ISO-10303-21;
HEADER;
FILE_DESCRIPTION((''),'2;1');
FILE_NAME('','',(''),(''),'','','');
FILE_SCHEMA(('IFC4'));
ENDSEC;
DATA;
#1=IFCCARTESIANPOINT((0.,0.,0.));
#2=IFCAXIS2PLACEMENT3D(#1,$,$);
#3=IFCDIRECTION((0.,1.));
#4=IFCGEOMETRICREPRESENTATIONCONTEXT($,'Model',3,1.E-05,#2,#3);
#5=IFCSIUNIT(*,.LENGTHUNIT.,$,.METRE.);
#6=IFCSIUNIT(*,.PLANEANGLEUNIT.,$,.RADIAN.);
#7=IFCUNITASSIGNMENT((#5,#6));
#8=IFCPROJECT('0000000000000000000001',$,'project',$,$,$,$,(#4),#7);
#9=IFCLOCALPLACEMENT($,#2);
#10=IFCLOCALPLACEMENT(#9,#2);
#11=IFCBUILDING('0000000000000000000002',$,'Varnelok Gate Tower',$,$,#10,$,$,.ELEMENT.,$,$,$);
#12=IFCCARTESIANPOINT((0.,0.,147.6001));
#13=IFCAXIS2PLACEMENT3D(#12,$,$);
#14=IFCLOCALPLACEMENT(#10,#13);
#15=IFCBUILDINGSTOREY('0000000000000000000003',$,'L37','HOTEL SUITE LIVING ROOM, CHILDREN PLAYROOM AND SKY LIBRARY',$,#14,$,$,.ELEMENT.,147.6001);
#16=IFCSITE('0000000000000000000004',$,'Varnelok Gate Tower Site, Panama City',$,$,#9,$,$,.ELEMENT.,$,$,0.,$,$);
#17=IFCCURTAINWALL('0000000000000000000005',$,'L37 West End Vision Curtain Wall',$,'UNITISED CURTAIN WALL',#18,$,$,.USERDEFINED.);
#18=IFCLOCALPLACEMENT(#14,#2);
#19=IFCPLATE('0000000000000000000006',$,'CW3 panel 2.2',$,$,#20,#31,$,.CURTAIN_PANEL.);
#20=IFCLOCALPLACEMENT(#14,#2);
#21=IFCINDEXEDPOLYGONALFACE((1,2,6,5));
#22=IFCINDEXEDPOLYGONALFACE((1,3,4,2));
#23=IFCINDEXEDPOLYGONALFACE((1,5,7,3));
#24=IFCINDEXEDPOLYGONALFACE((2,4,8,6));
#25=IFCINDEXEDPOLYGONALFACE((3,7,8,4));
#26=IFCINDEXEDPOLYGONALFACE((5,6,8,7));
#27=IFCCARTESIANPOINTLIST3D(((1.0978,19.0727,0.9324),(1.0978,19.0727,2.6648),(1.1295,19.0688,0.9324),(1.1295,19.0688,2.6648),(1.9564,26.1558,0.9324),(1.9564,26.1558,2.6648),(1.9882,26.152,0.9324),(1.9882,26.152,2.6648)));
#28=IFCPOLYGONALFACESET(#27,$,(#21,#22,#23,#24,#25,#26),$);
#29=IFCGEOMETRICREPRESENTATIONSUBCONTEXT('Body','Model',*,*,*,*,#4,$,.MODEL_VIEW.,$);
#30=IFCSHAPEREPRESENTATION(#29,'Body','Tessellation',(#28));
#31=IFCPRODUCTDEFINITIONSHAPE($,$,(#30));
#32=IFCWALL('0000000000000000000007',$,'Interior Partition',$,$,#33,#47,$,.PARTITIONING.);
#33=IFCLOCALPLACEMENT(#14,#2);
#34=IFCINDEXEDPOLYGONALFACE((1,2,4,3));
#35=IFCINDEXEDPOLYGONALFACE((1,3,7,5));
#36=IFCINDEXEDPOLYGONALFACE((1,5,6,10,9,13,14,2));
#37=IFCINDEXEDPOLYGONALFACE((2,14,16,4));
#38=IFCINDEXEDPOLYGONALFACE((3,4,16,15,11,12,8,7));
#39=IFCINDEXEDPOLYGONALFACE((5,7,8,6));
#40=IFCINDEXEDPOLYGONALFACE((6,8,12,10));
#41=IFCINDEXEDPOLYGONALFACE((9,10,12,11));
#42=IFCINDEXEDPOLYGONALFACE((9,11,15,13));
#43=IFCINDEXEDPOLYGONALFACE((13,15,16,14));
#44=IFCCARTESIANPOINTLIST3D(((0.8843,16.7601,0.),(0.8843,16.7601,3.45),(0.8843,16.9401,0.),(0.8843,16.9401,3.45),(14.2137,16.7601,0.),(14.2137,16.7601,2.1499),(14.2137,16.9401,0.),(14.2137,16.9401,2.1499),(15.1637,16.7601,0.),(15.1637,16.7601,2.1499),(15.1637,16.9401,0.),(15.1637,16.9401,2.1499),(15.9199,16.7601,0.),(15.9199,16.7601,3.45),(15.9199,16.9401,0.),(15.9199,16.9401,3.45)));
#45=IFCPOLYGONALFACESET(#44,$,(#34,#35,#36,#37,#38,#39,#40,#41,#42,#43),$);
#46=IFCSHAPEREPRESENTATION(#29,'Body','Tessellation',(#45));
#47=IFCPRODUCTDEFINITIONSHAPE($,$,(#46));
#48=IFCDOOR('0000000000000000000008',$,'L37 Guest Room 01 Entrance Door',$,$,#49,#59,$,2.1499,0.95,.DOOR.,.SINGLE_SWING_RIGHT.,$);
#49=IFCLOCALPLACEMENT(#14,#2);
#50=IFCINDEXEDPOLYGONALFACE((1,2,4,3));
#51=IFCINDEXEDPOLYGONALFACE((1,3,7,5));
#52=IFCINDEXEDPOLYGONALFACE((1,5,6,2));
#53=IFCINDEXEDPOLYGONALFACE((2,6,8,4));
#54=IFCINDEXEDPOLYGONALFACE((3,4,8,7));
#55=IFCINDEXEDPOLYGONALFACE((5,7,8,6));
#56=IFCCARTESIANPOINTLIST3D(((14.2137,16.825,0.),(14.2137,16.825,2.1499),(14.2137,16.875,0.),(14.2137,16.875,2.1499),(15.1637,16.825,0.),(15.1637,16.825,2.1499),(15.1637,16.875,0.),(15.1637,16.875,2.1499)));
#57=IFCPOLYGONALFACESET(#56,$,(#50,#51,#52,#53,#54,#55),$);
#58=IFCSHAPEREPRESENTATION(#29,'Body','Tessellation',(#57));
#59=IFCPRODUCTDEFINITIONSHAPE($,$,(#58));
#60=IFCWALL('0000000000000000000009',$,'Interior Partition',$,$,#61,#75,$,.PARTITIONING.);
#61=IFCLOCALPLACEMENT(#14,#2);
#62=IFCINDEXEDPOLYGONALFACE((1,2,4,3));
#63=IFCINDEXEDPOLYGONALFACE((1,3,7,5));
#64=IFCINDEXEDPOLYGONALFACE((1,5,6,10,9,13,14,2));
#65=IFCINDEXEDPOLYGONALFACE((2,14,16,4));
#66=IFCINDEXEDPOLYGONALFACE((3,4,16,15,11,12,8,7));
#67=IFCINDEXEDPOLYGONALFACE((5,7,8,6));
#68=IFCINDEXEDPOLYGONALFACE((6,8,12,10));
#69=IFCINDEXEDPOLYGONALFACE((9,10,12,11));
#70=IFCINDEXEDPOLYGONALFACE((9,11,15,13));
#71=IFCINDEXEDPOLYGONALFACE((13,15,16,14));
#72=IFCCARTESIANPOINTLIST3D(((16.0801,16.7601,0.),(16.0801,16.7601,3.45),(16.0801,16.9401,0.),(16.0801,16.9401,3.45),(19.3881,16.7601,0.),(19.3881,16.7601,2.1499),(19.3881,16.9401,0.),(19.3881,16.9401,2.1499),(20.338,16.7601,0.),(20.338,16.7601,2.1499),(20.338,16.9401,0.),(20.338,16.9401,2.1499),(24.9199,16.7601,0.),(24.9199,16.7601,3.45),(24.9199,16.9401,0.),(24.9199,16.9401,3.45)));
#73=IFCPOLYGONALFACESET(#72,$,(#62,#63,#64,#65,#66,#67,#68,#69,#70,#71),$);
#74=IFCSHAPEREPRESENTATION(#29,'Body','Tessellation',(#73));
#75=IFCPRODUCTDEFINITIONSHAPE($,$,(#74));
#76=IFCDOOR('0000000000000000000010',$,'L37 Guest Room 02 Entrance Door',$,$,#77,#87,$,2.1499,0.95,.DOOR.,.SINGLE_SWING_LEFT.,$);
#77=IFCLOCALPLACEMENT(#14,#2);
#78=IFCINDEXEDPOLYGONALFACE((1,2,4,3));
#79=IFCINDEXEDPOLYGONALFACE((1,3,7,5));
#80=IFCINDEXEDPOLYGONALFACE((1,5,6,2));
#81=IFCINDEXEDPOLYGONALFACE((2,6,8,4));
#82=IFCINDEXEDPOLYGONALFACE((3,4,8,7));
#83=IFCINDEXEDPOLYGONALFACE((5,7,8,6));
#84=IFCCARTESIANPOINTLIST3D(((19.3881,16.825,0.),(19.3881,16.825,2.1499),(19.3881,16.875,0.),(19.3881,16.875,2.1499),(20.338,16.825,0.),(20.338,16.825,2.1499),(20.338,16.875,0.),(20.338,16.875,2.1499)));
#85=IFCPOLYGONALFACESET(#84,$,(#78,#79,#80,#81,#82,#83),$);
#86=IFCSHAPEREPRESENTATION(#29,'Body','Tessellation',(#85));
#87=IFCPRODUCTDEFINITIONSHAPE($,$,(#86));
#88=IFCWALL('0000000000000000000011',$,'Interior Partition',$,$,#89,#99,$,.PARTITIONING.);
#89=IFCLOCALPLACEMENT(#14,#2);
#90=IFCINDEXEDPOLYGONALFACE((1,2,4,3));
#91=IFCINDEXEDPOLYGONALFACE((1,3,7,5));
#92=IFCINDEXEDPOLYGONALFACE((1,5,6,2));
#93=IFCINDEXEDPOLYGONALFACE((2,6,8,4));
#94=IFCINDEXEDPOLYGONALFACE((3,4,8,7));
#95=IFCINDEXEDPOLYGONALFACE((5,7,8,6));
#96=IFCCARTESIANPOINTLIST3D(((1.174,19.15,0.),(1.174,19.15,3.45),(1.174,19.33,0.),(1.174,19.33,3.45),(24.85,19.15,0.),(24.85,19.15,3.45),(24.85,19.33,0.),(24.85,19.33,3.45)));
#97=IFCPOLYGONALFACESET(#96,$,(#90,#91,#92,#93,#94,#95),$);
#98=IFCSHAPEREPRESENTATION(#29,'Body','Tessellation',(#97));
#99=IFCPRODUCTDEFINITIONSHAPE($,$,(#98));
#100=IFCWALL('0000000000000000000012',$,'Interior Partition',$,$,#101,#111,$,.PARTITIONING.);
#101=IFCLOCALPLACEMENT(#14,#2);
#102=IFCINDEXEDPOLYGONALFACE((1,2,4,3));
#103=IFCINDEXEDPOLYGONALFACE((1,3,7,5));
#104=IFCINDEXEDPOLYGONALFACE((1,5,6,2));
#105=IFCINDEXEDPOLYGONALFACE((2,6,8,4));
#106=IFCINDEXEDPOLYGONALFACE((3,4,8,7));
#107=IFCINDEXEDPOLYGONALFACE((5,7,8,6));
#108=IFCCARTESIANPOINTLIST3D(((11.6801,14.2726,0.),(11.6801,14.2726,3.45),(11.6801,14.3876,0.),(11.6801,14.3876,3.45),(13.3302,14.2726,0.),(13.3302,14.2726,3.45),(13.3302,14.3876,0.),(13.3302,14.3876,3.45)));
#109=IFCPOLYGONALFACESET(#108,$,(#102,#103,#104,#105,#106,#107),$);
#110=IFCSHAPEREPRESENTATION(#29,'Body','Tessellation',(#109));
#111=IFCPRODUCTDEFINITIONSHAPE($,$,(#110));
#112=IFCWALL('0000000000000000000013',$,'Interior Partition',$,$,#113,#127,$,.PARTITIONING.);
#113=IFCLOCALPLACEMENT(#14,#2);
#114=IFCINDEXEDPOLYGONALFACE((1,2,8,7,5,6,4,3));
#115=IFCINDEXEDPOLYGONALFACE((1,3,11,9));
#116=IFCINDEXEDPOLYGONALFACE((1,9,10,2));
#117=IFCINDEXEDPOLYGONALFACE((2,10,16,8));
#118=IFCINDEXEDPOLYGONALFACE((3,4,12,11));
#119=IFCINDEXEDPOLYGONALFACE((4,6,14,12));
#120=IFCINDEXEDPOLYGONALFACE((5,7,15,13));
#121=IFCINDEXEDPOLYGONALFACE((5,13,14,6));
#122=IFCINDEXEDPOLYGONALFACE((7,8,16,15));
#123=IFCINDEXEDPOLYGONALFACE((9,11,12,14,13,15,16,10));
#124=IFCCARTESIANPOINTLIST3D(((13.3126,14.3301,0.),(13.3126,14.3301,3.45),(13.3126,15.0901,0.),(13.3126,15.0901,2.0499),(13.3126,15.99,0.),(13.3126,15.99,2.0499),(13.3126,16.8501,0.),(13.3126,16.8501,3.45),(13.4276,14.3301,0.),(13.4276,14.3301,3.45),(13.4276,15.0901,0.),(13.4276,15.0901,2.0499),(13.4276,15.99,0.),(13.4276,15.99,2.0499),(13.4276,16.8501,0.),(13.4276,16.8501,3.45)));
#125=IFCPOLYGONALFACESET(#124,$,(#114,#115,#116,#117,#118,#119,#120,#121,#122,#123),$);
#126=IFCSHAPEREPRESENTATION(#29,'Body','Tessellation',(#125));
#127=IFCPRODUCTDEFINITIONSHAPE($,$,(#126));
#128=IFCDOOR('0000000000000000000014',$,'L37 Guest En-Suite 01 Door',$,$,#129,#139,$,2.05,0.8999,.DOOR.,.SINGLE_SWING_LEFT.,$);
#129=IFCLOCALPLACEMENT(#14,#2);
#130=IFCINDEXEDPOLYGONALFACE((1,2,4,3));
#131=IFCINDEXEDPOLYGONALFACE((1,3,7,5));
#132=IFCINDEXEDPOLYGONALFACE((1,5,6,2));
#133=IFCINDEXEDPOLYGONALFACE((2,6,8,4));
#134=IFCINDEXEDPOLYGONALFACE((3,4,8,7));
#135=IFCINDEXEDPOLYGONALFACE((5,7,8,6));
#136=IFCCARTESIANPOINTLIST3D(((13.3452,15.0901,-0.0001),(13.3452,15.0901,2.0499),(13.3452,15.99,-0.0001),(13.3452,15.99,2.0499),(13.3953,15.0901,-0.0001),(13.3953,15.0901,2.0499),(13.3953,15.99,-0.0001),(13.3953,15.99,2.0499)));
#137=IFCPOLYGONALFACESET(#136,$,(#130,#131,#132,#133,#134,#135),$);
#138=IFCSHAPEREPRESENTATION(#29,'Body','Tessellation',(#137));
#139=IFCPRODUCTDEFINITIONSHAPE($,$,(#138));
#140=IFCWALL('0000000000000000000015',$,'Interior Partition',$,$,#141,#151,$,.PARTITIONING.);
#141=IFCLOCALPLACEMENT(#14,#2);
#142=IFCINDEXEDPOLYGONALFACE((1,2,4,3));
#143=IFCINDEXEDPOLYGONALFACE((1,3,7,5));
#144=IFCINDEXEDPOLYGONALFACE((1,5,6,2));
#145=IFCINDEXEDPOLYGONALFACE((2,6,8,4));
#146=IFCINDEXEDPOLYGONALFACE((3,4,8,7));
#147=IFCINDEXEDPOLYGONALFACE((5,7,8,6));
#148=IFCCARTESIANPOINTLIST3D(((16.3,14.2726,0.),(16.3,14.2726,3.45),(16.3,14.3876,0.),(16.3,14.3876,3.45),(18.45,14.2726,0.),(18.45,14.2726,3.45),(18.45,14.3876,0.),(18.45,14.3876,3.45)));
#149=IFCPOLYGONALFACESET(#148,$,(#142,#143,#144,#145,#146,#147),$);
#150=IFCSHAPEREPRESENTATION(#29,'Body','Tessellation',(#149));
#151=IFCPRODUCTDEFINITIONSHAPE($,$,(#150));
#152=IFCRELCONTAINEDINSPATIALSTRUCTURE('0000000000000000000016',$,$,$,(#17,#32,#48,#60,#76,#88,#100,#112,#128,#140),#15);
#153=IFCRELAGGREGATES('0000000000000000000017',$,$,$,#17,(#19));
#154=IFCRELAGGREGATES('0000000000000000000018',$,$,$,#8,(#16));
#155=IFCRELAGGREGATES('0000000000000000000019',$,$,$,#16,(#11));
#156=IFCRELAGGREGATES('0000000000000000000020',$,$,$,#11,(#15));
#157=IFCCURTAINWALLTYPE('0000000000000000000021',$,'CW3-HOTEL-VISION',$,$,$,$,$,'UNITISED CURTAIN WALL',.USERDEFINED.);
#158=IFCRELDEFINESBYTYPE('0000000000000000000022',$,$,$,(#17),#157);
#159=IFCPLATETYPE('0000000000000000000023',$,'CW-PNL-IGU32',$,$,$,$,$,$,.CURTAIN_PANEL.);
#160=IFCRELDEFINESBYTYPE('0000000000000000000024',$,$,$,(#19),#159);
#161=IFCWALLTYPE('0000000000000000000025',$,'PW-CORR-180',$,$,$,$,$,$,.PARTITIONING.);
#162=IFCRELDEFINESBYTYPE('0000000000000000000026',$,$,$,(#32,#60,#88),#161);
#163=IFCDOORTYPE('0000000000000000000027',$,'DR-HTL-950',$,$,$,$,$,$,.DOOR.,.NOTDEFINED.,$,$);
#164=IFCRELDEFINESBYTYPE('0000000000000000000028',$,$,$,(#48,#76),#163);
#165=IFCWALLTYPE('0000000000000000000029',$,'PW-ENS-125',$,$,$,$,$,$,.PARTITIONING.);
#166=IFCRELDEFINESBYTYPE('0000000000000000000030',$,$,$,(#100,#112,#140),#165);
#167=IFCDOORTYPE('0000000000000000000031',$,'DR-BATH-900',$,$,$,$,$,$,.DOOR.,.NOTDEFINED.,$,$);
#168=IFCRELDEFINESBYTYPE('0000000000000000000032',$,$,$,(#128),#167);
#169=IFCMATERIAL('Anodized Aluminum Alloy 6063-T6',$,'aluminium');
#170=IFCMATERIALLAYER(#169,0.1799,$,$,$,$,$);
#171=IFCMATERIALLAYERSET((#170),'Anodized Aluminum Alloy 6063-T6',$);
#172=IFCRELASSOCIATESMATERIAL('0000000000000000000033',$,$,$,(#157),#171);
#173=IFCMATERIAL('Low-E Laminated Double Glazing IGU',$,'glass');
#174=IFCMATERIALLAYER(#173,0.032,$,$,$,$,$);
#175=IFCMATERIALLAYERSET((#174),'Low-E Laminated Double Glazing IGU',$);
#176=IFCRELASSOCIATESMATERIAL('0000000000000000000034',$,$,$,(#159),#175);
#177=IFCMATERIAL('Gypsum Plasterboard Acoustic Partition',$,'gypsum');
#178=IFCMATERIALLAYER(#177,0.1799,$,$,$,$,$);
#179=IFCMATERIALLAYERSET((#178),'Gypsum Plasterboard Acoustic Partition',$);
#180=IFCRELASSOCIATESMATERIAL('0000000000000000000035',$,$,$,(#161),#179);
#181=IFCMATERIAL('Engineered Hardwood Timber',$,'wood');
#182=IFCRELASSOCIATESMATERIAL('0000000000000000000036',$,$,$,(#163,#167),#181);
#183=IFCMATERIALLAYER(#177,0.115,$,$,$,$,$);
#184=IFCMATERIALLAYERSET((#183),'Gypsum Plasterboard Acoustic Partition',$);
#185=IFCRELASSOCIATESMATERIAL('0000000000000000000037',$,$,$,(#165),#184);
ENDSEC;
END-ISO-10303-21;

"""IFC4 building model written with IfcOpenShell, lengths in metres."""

from ifc_helpers import new_model, si_unit, direction, frame, frame_2d, origin, origin_2d, place, context, subcontext, project, spatial, rectangle, extrude, source, transform, mapped, material, layer, layer_set, type_object, element, fill, aggregate, save


model = new_model("IFC4")

# Units and contexts
model_context = context("Model", 3, precision=1e-05, world=origin(), true_north=direction((0.0, 1.0)))
body_context = subcontext(model_context, "Body", "Model", "MODEL_VIEW")
ifc_project = project(units=[si_unit("LENGTHUNIT", "METRE"), si_unit("PLANEANGLEUNIT", "RADIAN")], contexts=[model_context])

# Site, building, storey
site_placement = place(None, origin())
site = spatial("IfcSite", under=ifc_project, at=site_placement, Name="Varnelok Gate Tower Site, Panama City", CompositionType="ELEMENT", RefElevation=0.0)
building_placement = place(site_placement, origin())
building = spatial("IfcBuilding", under=site, at=building_placement, Name="Varnelok Gate Tower", CompositionType="ELEMENT")
storey_placement = place(building_placement, frame((0.0, 0.0, 147.6001)))
storey = spatial("IfcBuildingStorey", under=building, at=storey_placement, Name="L37", Description="HOTEL SUITE LIVING ROOM, CHILDREN PLAYROOM AND SKY LIBRARY", CompositionType="ELEMENT", Elevation=147.6001)

# Curtain wall, plate
ifc_material_1 = material(Name="Anodized Aluminum Alloy 6063-T6", Category="aluminium")
ifc_layer_1 = layer(ifc_material_1, 0.1799)
ifc_layer_set_1 = layer_set([ifc_layer_1], Name="Anodized Aluminum Alloy 6063-T6")
curtain_wall_type = type_object("IfcCurtainWallType", Name="CW3-HOTEL-VISION", ElementType="UNITISED CURTAIN WALL", PredefinedType="USERDEFINED", material=ifc_layer_set_1)
curtain_wall_placement = place(storey_placement, origin())
curtain_wall = element("IfcCurtainWall", 1, at=curtain_wall_placement, inside=storey, type_object=curtain_wall_type, Name="L37 West End Vision Curtain Wall", ObjectType="UNITISED CURTAIN WALL", PredefinedType="USERDEFINED")
ifc_material_2 = material(Name="Low-E Laminated Double Glazing IGU", Category="glass")
ifc_layer_2 = layer(ifc_material_2, 0.032)
ifc_layer_set_2 = layer_set([ifc_layer_2], Name="Low-E Laminated Double Glazing IGU")
plate_type = type_object("IfcPlateType", Name="CW-PNL-IGU32", PredefinedType="CURTAIN_PANEL", material=ifc_layer_set_2)
shared_shape_1 = source(origin(), body_context, "Body", "SweptSolid", [
    extrude(rectangle(XDim=7.135, YDim=0.032, at=origin_2d()), origin(), (0.0, 0.0, 1.0), 1.7324),
])
plate_1_placement = place(storey_placement, frame((1.543, 22.6123, 0.9324), z_axis=(0.0, 0.0, 1.0), x_axis=(0.120347, 0.992732, 0.0)))
plate_1 = element("IfcPlate", 2, at=plate_1_placement, type_object=plate_type, Name="CW3 panel 2.2", PredefinedType="CURTAIN_PANEL", context=body_context, shape_type="MappedRepresentation", body=[
    mapped(shared_shape_1, transform((0.0, 0.0, 0.0), scale=1.0)),
])
aggregate(curtain_wall, [plate_1])

# Walls, openings, doors
ifc_material_3 = material(Name="Gypsum Plasterboard Acoustic Partition", Category="gypsum")
ifc_layer_3 = layer(ifc_material_3, 0.1799)
ifc_layer_set_3 = layer_set([ifc_layer_3], Name="Gypsum Plasterboard Acoustic Partition")
wall_type_1 = type_object("IfcWallType", Name="PW-CORR-180", PredefinedType="PARTITIONING", material=ifc_layer_set_3)
wall_1_placement = place(storey_placement, frame((0.8843, 16.8501, 0.0), z_axis=(0.0, 0.0, 1.0), x_axis=(1.0, 0.0, 0.0)))
wall_1 = element("IfcWall", 3, at=wall_1_placement, inside=storey, type_object=wall_type_1, Name="Interior Partition", PredefinedType="PARTITIONING", context=body_context, shape_type="SweptSolid", body=[
    extrude(rectangle(XDim=15.0356, YDim=0.1799, at=frame_2d((7.5178, 0.0))), origin(), (0.0, 0.0, 1.0), 3.45),
])
opening_1_placement = place(wall_1_placement, frame((13.3293, 0.0, 0.0)))
opening_1 = element("IfcOpeningElement", 4, at=opening_1_placement, cuts=wall_1, PredefinedType="OPENING", context=body_context, shape_type="SweptSolid", body=[
    extrude(rectangle(XDim=0.95, YDim=2.1499, at=frame_2d((0.4751, 1.075))), frame((0.0, 0.0999, 0.0), z_axis=(0.0, -1.0, 0.0), x_axis=(1.0, 0.0, 0.0)), (0.0, 0.0, 1.0), 0.2),
])
ifc_material_4 = material(Name="Engineered Hardwood Timber", Category="wood")
door_type_1 = type_object("IfcDoorType", Name="DR-HTL-950", OperationType="NOTDEFINED", PredefinedType="DOOR", material=ifc_material_4)
door_1_placement = place(opening_1_placement, origin())
door_1 = element("IfcDoor", 5, at=door_1_placement, inside=storey, type_object=door_type_1, Name="L37 Guest Room 01 Entrance Door", OperationType="SINGLE_SWING_RIGHT", OverallHeight=2.1499, OverallWidth=0.95, PredefinedType="DOOR", context=body_context, shape_type="SweptSolid", body=[
    extrude(rectangle(XDim=0.95, YDim=2.1499, at=frame_2d((0.4751, 1.075))), frame((0.0, 0.0249, 0.0), z_axis=(0.0, -1.0, 0.0), x_axis=(1.0, 0.0, 0.0)), (0.0, 0.0, 1.0), 0.05),
])
fill(opening_1, door_1)
wall_2_placement = place(storey_placement, frame((16.0801, 16.8501, 0.0), z_axis=(0.0, 0.0, 1.0), x_axis=(1.0, 0.0, 0.0)))
wall_2 = element("IfcWall", 6, at=wall_2_placement, inside=storey, type_object=wall_type_1, Name="Interior Partition", PredefinedType="PARTITIONING", context=body_context, shape_type="SweptSolid", body=[
    extrude(rectangle(XDim=8.8398, YDim=0.1799, at=frame_2d((4.4199, 0.0))), origin(), (0.0, 0.0, 1.0), 3.45),
])
opening_2_placement = place(wall_2_placement, frame((3.3079, 0.0, 0.0)))
opening_2 = element("IfcOpeningElement", 7, at=opening_2_placement, cuts=wall_2, PredefinedType="OPENING", context=body_context, shape_type="SweptSolid", body=[
    extrude(rectangle(XDim=0.95, YDim=2.1499, at=frame_2d((0.4751, 1.075))), frame((0.0, 0.0999, 0.0), z_axis=(0.0, -1.0, 0.0), x_axis=(1.0, 0.0, 0.0)), (0.0, 0.0, 1.0), 0.2),
])
door_2_placement = place(opening_2_placement, origin())
door_2 = element("IfcDoor", 8, at=door_2_placement, inside=storey, type_object=door_type_1, Name="L37 Guest Room 02 Entrance Door", OperationType="SINGLE_SWING_LEFT", OverallHeight=2.1499, OverallWidth=0.95, PredefinedType="DOOR", context=body_context, shape_type="SweptSolid", body=[
    extrude(rectangle(XDim=0.95, YDim=2.1499, at=frame_2d((0.4751, 1.075))), frame((0.0, 0.0249, 0.0), z_axis=(0.0, -1.0, 0.0), x_axis=(1.0, 0.0, 0.0)), (0.0, 0.0, 1.0), 0.05),
])
fill(opening_2, door_2)

# Walls
wall_3_placement = place(storey_placement, frame((1.1741, 19.24, 0.0), z_axis=(0.0, 0.0, 1.0), x_axis=(1.0, 0.0, 0.0)))
element("IfcWall", 9, at=wall_3_placement, inside=storey, type_object=wall_type_1, Name="Interior Partition", PredefinedType="PARTITIONING", context=body_context, shape_type="SweptSolid", body=[
    extrude(rectangle(XDim=23.676, YDim=0.1799, at=frame_2d((11.8379, 0.0))), origin(), (0.0, 0.0, 1.0), 3.45),
])
ifc_layer_4 = layer(ifc_material_3, 0.115)
ifc_layer_set_4 = layer_set([ifc_layer_4], Name="Gypsum Plasterboard Acoustic Partition")
wall_type_2 = type_object("IfcWallType", Name="PW-ENS-125", PredefinedType="PARTITIONING", material=ifc_layer_set_4)
wall_4_placement = place(storey_placement, frame((11.6799, 14.3301, 0.0), z_axis=(0.0, 0.0, 1.0), x_axis=(1.0, 0.0, 0.0)))
element("IfcWall", 10, at=wall_4_placement, inside=storey, type_object=wall_type_2, Name="Interior Partition", PredefinedType="PARTITIONING", context=body_context, shape_type="SweptSolid", body=[
    extrude(rectangle(XDim=1.6501, YDim=0.115, at=frame_2d((0.8252, 0.0))), origin(), (0.0, 0.0, 1.0), 3.45),
])

# Wall, opening, door
wall_5_placement = place(storey_placement, frame((13.3701, 14.3301, 0.0), z_axis=(0.0, 0.0, 1.0), x_axis=(0.0, 1.0, 0.0)))
wall_5 = element("IfcWall", 11, at=wall_5_placement, inside=storey, type_object=wall_type_2, Name="Interior Partition", PredefinedType="PARTITIONING", context=body_context, shape_type="SweptSolid", body=[
    extrude(rectangle(XDim=2.52, YDim=0.115, at=frame_2d((1.26, 0.0))), origin(), (0.0, 0.0, 1.0), 3.45),
])
opening_3_placement = place(wall_5_placement, frame((0.76, 0.0, 0.0)))
opening_3 = element("IfcOpeningElement", 12, at=opening_3_placement, cuts=wall_5, PredefinedType="OPENING", context=body_context, shape_type="SweptSolid", body=[
    extrude(rectangle(XDim=0.8999, YDim=2.05, at=frame_2d((0.45, 1.0249))), frame((0.0, 0.0674, 0.0), z_axis=(0.0, -1.0, 0.0), x_axis=(1.0, 0.0, 0.0)), (0.0, 0.0, 1.0), 0.135),
])
door_type_2 = type_object("IfcDoorType", Name="DR-BATH-900", OperationType="NOTDEFINED", PredefinedType="DOOR", material=ifc_material_4)
door_3_placement = place(opening_3_placement, origin())
door_3 = element("IfcDoor", 13, at=door_3_placement, inside=storey, type_object=door_type_2, Name="L37 Guest En-Suite 01 Door", OperationType="SINGLE_SWING_LEFT", OverallHeight=2.05, OverallWidth=0.8999, PredefinedType="DOOR", context=body_context, shape_type="SweptSolid", body=[
    extrude(rectangle(XDim=0.8999, YDim=2.05, at=frame_2d((0.45, 1.0249))), frame((0.0, 0.0249, 0.0), z_axis=(0.0, -1.0, 0.0), x_axis=(1.0, 0.0, 0.0)), (0.0, 0.0, 1.0), 0.05),
])
fill(opening_3, door_3)

# Wall
wall_6_placement = place(storey_placement, frame((16.3, 14.3301, 0.0), z_axis=(0.0, 0.0, 1.0), x_axis=(1.0, 0.0, 0.0)))
element("IfcWall", 14, at=wall_6_placement, inside=storey, type_object=wall_type_2, Name="Interior Partition", PredefinedType="PARTITIONING", context=body_context, shape_type="SweptSolid", body=[
    extrude(rectangle(XDim=2.1499, YDim=0.115, at=frame_2d((1.075, 0.0))), origin(), (0.0, 0.0, 1.0), 3.45),
])

save(model, "model.ifc")
